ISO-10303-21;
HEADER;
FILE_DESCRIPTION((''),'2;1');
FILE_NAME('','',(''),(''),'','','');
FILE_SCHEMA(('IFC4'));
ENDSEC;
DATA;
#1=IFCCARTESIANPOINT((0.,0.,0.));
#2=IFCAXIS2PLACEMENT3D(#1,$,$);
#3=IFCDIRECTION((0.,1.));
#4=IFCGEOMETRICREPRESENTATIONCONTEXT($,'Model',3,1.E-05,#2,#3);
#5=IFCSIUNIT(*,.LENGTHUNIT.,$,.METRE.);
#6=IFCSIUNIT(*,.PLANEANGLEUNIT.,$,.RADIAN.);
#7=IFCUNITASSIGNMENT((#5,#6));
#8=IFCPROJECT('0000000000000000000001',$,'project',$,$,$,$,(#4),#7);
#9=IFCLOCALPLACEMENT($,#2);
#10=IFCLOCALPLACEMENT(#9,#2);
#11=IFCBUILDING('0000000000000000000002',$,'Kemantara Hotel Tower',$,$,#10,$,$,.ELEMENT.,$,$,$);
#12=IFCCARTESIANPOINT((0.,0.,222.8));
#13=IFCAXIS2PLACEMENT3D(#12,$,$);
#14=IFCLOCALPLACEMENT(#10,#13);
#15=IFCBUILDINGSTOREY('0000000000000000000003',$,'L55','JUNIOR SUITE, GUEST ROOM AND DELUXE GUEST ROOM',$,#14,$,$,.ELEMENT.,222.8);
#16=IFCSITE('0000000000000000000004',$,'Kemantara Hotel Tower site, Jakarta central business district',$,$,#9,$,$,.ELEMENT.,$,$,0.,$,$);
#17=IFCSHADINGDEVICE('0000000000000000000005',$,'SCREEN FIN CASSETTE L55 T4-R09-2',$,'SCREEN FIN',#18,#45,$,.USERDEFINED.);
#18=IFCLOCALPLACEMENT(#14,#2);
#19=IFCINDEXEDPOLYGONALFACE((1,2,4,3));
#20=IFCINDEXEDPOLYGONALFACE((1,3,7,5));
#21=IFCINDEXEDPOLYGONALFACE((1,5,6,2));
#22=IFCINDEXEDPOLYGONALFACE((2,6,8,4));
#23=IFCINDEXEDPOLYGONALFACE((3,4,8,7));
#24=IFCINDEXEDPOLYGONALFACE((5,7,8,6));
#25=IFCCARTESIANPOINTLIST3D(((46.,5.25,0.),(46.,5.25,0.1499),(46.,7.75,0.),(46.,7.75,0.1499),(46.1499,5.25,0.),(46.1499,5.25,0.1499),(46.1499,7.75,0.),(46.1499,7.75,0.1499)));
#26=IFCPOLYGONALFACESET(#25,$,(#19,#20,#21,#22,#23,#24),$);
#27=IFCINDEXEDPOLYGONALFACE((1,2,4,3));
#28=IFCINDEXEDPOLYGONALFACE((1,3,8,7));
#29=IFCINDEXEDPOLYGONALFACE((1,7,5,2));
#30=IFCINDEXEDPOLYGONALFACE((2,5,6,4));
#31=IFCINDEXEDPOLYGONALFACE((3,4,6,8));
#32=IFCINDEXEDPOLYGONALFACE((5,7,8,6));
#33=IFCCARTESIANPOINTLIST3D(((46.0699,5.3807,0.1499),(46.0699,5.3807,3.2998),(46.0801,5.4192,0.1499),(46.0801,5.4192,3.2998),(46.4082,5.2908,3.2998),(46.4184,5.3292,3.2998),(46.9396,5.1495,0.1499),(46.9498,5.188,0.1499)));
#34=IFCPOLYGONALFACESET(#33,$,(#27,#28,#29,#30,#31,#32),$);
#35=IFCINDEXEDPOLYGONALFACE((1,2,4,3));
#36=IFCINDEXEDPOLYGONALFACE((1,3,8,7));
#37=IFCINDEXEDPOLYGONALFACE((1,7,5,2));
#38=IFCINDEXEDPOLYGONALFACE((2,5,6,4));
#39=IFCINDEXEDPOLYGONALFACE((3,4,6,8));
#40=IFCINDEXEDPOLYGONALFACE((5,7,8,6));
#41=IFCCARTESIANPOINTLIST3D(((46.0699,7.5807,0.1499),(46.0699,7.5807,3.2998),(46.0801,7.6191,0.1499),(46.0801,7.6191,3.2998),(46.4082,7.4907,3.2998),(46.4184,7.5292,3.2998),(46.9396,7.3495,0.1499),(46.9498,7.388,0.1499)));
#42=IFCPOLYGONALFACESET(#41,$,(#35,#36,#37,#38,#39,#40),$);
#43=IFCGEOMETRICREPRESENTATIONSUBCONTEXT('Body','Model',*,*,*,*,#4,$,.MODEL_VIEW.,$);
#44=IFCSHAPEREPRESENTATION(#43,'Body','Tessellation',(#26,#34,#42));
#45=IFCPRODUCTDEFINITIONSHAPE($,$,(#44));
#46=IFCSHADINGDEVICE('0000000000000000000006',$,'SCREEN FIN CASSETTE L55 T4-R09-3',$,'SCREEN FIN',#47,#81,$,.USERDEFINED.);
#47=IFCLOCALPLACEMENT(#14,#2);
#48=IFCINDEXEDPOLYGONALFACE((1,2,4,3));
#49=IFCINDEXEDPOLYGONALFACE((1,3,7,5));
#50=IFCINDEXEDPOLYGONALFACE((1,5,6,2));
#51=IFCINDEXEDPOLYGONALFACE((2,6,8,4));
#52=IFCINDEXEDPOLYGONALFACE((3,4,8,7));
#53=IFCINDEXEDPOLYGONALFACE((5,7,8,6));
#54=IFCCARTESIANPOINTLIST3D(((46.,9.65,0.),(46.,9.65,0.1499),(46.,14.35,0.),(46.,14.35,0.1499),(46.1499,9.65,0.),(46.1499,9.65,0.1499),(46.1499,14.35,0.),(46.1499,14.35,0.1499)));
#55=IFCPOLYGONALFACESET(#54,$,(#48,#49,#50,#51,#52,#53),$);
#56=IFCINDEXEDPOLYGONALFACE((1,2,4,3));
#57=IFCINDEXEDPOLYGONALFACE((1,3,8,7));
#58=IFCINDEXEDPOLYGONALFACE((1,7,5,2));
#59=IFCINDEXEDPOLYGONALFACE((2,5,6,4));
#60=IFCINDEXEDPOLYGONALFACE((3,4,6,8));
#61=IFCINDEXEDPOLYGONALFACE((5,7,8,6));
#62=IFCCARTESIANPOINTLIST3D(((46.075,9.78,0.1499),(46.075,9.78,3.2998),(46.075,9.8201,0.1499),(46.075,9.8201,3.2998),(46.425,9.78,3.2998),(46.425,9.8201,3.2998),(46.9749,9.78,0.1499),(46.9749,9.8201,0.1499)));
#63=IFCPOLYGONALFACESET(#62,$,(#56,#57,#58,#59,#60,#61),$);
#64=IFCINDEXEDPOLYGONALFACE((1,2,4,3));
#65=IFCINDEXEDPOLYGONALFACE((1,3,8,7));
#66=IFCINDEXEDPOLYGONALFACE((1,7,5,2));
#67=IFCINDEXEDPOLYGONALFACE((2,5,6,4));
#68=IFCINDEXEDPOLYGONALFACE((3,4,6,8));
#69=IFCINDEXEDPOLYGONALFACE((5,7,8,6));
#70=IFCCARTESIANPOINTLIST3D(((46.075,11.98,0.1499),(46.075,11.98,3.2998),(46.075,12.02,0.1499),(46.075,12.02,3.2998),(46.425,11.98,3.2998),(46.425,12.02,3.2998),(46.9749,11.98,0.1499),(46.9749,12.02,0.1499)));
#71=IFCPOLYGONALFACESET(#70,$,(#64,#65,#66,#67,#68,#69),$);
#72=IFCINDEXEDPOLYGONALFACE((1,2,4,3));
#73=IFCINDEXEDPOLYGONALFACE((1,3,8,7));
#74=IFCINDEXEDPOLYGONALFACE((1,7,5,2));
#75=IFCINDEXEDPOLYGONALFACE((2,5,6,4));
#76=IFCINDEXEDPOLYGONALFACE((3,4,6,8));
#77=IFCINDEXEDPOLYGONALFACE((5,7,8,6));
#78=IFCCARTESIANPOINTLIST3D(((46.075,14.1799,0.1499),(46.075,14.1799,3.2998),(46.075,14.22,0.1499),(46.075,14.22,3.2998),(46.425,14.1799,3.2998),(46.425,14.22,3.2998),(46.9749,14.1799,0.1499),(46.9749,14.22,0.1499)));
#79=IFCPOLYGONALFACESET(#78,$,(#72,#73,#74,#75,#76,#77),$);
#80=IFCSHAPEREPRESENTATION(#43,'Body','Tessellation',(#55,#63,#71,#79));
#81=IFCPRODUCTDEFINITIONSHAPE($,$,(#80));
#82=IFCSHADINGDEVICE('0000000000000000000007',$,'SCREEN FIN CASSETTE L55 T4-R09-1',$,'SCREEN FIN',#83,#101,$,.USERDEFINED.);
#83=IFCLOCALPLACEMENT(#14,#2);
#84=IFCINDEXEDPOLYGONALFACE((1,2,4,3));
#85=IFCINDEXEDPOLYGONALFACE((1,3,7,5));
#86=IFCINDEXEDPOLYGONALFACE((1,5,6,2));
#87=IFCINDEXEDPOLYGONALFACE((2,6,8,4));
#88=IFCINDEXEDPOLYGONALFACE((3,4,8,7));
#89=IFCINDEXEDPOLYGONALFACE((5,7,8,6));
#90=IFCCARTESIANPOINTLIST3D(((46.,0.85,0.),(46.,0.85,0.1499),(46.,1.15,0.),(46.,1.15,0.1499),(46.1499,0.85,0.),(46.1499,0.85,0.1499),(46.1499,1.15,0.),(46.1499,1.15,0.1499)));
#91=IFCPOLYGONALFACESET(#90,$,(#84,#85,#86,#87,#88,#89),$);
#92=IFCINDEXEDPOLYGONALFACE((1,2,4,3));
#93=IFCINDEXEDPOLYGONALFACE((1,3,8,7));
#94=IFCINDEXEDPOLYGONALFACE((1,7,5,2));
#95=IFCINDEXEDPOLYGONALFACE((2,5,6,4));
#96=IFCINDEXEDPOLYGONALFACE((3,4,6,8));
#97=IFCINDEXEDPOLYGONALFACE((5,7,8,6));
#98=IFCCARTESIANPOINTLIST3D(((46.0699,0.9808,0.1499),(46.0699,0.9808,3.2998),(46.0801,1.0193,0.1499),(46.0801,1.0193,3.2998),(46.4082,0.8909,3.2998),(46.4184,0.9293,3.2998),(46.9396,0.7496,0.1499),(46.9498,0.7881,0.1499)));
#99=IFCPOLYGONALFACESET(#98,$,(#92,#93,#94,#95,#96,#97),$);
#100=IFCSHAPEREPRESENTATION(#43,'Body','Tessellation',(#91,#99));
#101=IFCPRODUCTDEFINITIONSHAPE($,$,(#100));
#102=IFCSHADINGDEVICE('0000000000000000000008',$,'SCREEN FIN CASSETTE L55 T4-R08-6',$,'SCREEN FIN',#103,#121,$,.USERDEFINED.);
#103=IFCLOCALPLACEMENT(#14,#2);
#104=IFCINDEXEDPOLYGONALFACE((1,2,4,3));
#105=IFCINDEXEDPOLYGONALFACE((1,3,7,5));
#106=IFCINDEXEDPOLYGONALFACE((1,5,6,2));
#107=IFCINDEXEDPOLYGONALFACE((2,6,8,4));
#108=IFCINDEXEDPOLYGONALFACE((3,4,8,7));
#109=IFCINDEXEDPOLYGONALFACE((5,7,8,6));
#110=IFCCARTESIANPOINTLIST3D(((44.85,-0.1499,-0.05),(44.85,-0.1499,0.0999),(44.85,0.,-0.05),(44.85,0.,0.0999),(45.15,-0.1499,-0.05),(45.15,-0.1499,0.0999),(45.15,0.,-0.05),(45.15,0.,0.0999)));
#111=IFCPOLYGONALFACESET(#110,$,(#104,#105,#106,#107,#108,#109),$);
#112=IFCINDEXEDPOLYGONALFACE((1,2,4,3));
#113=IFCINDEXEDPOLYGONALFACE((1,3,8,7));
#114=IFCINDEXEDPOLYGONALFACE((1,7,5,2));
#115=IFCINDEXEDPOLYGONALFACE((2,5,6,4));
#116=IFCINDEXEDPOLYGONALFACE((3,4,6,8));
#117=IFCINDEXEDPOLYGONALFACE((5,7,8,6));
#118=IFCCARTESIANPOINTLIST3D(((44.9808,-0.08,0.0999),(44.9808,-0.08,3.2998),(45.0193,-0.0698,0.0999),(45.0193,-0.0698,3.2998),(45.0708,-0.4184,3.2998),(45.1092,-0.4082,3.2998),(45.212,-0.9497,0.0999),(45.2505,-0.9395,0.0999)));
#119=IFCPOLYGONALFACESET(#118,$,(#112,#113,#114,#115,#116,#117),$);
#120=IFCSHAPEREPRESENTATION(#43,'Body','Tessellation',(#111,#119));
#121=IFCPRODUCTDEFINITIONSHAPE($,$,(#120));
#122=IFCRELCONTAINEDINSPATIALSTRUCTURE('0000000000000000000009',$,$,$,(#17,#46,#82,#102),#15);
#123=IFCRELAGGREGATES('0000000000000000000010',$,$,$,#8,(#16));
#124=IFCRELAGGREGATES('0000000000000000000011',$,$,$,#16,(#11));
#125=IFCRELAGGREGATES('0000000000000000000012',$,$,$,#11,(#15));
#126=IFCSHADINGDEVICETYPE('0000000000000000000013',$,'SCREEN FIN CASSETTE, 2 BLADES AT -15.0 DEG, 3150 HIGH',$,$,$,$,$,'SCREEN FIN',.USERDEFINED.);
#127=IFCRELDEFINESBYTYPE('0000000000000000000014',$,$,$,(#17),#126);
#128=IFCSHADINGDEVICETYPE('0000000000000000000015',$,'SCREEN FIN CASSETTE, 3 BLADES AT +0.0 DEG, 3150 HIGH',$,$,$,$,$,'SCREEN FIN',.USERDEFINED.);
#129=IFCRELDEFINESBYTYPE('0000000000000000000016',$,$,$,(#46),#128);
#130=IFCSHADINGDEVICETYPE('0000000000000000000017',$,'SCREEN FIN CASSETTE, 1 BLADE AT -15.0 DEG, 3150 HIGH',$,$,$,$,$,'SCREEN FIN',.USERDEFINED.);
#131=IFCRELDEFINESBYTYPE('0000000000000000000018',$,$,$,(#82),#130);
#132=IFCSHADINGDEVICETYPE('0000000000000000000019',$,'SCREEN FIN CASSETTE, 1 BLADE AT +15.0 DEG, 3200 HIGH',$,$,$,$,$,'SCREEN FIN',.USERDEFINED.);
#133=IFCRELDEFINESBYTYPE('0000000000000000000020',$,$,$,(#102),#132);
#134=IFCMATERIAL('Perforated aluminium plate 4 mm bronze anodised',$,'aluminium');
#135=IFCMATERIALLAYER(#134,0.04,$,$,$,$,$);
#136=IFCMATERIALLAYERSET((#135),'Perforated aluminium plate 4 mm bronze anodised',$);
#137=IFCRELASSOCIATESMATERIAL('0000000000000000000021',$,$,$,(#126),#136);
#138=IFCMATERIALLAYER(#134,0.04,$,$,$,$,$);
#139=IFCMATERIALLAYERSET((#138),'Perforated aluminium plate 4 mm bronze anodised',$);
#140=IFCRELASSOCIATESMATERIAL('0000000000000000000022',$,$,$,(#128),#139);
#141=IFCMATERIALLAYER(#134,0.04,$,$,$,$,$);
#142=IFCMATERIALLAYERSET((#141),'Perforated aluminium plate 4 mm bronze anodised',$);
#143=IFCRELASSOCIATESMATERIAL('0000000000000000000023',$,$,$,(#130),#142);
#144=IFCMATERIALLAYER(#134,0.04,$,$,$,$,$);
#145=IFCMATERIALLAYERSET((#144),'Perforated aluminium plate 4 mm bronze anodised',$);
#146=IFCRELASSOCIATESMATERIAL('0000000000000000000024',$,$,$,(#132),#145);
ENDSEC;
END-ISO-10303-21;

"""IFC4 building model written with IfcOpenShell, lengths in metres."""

from ifc_helpers import new_model, si_unit, direction, frame, origin, origin_2d, place, context, subcontext, project, spatial, polyline, rectangle, outline, extrude, source, transform, mapped, material, layer, layer_set, type_object, element, save


model = new_model("IFC4")

# Units and contexts
model_context = context("Model", 3, precision=1e-05, world=origin(), true_north=direction((0.0, 1.0)))
body_context = subcontext(model_context, "Body", "Model", "MODEL_VIEW")
ifc_project = project(units=[si_unit("LENGTHUNIT", "METRE"), si_unit("PLANEANGLEUNIT", "RADIAN")], contexts=[model_context])

# Site, building, storey
site_placement = place(None, origin())
site = spatial("IfcSite", under=ifc_project, at=site_placement, Name="Kemantara Hotel Tower site, Jakarta central business district", CompositionType="ELEMENT", RefElevation=0.0)
building_placement = place(site_placement, origin())
building = spatial("IfcBuilding", under=site, at=building_placement, Name="Kemantara Hotel Tower", CompositionType="ELEMENT")
storey_placement = place(building_placement, frame((0.0, 0.0, 222.8)))
storey = spatial("IfcBuildingStorey", under=building, at=storey_placement, Name="L55", Description="JUNIOR SUITE, GUEST ROOM AND DELUXE GUEST ROOM", CompositionType="ELEMENT", Elevation=222.8)

# Shading devices
ifc_material_1 = material(Name="Perforated aluminium plate 4 mm bronze anodised", Category="aluminium")
ifc_layer_1 = layer(ifc_material_1, 0.04)
ifc_layer_set_1 = layer_set([ifc_layer_1], Name="Perforated aluminium plate 4 mm bronze anodised")
shading_device_type_1 = type_object("IfcShadingDeviceType", Name="SCREEN FIN CASSETTE, 2 BLADES AT -15.0 DEG, 3150 HIGH", ElementType="SCREEN FIN", PredefinedType="USERDEFINED", material=ifc_layer_set_1)
shared_shape_1 = source(origin(), body_context, "Body", "SweptSolid", [
    extrude(rectangle(XDim=2.5, YDim=0.1499, at=origin_2d()), frame((1.1001, -0.075, -0.1499), z_axis=(0.0, 0.0, 1.0), x_axis=(1.0, 0.0, 0.0)), (0.0, 0.0, 1.0), 0.1499),
    extrude(outline(polyline([(0.0, 0.0), (0.8999, 0.0), (0.3501, 3.1499), (0.0, 3.1499), (0.0, 0.0)])), frame((0.0193, -0.0801, 0.0), z_axis=(-0.966438, 0.256901, 0.0), x_axis=(-0.256901, -0.966438, 0.0)), (0.0, 0.0, 1.0), 0.0398),
    extrude(outline(polyline([(0.0, 0.0), (0.8999, 0.0), (0.3501, 3.1499), (0.0, 3.1499), (0.0, 0.0)])), frame((2.2192, -0.0801, 0.0), z_axis=(-0.966438, 0.256901, 0.0), x_axis=(-0.256901, -0.966438, 0.0)), (0.0, 0.0, 1.0), 0.0398),
])
shading_device_1_placement = place(storey_placement, frame((46.0, 5.3999, 0.1499), z_axis=(0.0, 0.0, 1.0), x_axis=(0.0, 1.0, 0.0)))
element("IfcShadingDevice", 1, at=shading_device_1_placement, inside=storey, type_object=shading_device_type_1, Name="SCREEN FIN CASSETTE L55 T4-R09-2", ObjectType="SCREEN FIN", PredefinedType="USERDEFINED", context=body_context, shape_type="MappedRepresentation", body=[
    mapped(shared_shape_1, transform((0.0, 0.0, 0.0))),
])
ifc_layer_2 = layer(ifc_material_1, 0.04)
ifc_layer_set_2 = layer_set([ifc_layer_2], Name="Perforated aluminium plate 4 mm bronze anodised")
shading_device_type_2 = type_object("IfcShadingDeviceType", Name="SCREEN FIN CASSETTE, 3 BLADES AT +0.0 DEG, 3150 HIGH", ElementType="SCREEN FIN", PredefinedType="USERDEFINED", material=ifc_layer_set_2)
shared_shape_2 = source(origin(), body_context, "Body", "SweptSolid", [
    extrude(rectangle(XDim=4.7, YDim=0.1499, at=origin_2d()), frame((2.2, -0.075, -0.1499), z_axis=(0.0, 0.0, 1.0), x_axis=(1.0, 0.0, 0.0)), (0.0, 0.0, 1.0), 0.1499),
    extrude(outline(polyline([(0.0, 0.0), (0.8999, 0.0), (0.3501, 3.1499), (0.0, 3.1499), (0.0, 0.0)])), frame((0.02, -0.075, 0.0), z_axis=(-1.0, 0.0, 0.0), x_axis=(0.0, -1.0, 0.0)), (0.0, 0.0, 1.0), 0.04),
    extrude(outline(polyline([(0.0, 0.0), (0.8999, 0.0), (0.3501, 3.1499), (0.0, 3.1499), (0.0, 0.0)])), frame((2.22, -0.075, 0.0), z_axis=(-1.0, 0.0, 0.0), x_axis=(0.0, -1.0, 0.0)), (0.0, 0.0, 1.0), 0.04),
    extrude(outline(polyline([(0.0, 0.0), (0.8999, 0.0), (0.3501, 3.1499), (0.0, 3.1499), (0.0, 0.0)])), frame((4.4199, -0.075, 0.0), z_axis=(-1.0, 0.0, 0.0), x_axis=(0.0, -1.0, 0.0)), (0.0, 0.0, 1.0), 0.04),
])
shading_device_2_placement = place(storey_placement, frame((46.0, 9.8, 0.1499), z_axis=(0.0, 0.0, 1.0), x_axis=(0.0, 1.0, 0.0)))
element("IfcShadingDevice", 2, at=shading_device_2_placement, inside=storey, type_object=shading_device_type_2, Name="SCREEN FIN CASSETTE L55 T4-R09-3", ObjectType="SCREEN FIN", PredefinedType="USERDEFINED", context=body_context, shape_type="MappedRepresentation", body=[
    mapped(shared_shape_2, transform((0.0, 0.0, 0.0))),
])
ifc_layer_3 = layer(ifc_material_1, 0.04)
ifc_layer_set_3 = layer_set([ifc_layer_3], Name="Perforated aluminium plate 4 mm bronze anodised")
shading_device_type_3 = type_object("IfcShadingDeviceType", Name="SCREEN FIN CASSETTE, 1 BLADE AT -15.0 DEG, 3150 HIGH", ElementType="SCREEN FIN", PredefinedType="USERDEFINED", material=ifc_layer_set_3)
shared_shape_3 = source(origin(), body_context, "Body", "SweptSolid", [
    extrude(rectangle(XDim=0.3, YDim=0.1499, at=origin_2d()), frame((0.0, -0.075, -0.1499), z_axis=(0.0, 0.0, 1.0), x_axis=(1.0, 0.0, 0.0)), (0.0, 0.0, 1.0), 0.1499),
    extrude(outline(polyline([(0.0, 0.0), (0.8999, 0.0), (0.3501, 3.1499), (0.0, 3.1499), (0.0, 0.0)])), frame((0.0193, -0.0801, 0.0), z_axis=(-0.966438, 0.256901, 0.0), x_axis=(-0.256901, -0.966438, 0.0)), (0.0, 0.0, 1.0), 0.0398),
])
shading_device_3_placement = place(storey_placement, frame((46.0, 1.0, 0.1499), z_axis=(0.0, 0.0, 1.0), x_axis=(0.0, 1.0, 0.0)))
element("IfcShadingDevice", 3, at=shading_device_3_placement, inside=storey, type_object=shading_device_type_3, Name="SCREEN FIN CASSETTE L55 T4-R09-1", ObjectType="SCREEN FIN", PredefinedType="USERDEFINED", context=body_context, shape_type="MappedRepresentation", body=[
    mapped(shared_shape_3, transform((0.0, 0.0, 0.0))),
])
ifc_layer_4 = layer(ifc_material_1, 0.04)
ifc_layer_set_4 = layer_set([ifc_layer_4], Name="Perforated aluminium plate 4 mm bronze anodised")
shading_device_type_4 = type_object("IfcShadingDeviceType", Name="SCREEN FIN CASSETTE, 1 BLADE AT +15.0 DEG, 3200 HIGH", ElementType="SCREEN FIN", PredefinedType="USERDEFINED", material=ifc_layer_set_4)
shared_shape_4 = source(origin(), body_context, "Body", "SweptSolid", [
    extrude(rectangle(XDim=0.3, YDim=0.1499, at=origin_2d()), frame((0.0, -0.075, -0.1499), z_axis=(0.0, 0.0, 1.0), x_axis=(1.0, 0.0, 0.0)), (0.0, 0.0, 1.0), 0.1499),
    extrude(outline(polyline([(0.0, 0.0), (0.8999, 0.0), (0.3501, 3.2), (0.0, 3.2), (0.0, 0.0)])), frame((0.0193, -0.0698, 0.0), z_axis=(-0.966438, -0.256901, 0.0), x_axis=(0.256901, -0.966438, 0.0)), (0.0, 0.0, 1.0), 0.0398),
])
shading_device_4_placement = place(storey_placement, frame((45.0, 0.0, 0.0999), z_axis=(0.0, 0.0, 1.0), x_axis=(1.0, 0.0, 0.0)))
element("IfcShadingDevice", 4, at=shading_device_4_placement, inside=storey, type_object=shading_device_type_4, Name="SCREEN FIN CASSETTE L55 T4-R08-6", ObjectType="SCREEN FIN", PredefinedType="USERDEFINED", context=body_context, shape_type="MappedRepresentation", body=[
    mapped(shared_shape_4, transform((0.0, 0.0, 0.0))),
])

save(model, "model.ifc")
